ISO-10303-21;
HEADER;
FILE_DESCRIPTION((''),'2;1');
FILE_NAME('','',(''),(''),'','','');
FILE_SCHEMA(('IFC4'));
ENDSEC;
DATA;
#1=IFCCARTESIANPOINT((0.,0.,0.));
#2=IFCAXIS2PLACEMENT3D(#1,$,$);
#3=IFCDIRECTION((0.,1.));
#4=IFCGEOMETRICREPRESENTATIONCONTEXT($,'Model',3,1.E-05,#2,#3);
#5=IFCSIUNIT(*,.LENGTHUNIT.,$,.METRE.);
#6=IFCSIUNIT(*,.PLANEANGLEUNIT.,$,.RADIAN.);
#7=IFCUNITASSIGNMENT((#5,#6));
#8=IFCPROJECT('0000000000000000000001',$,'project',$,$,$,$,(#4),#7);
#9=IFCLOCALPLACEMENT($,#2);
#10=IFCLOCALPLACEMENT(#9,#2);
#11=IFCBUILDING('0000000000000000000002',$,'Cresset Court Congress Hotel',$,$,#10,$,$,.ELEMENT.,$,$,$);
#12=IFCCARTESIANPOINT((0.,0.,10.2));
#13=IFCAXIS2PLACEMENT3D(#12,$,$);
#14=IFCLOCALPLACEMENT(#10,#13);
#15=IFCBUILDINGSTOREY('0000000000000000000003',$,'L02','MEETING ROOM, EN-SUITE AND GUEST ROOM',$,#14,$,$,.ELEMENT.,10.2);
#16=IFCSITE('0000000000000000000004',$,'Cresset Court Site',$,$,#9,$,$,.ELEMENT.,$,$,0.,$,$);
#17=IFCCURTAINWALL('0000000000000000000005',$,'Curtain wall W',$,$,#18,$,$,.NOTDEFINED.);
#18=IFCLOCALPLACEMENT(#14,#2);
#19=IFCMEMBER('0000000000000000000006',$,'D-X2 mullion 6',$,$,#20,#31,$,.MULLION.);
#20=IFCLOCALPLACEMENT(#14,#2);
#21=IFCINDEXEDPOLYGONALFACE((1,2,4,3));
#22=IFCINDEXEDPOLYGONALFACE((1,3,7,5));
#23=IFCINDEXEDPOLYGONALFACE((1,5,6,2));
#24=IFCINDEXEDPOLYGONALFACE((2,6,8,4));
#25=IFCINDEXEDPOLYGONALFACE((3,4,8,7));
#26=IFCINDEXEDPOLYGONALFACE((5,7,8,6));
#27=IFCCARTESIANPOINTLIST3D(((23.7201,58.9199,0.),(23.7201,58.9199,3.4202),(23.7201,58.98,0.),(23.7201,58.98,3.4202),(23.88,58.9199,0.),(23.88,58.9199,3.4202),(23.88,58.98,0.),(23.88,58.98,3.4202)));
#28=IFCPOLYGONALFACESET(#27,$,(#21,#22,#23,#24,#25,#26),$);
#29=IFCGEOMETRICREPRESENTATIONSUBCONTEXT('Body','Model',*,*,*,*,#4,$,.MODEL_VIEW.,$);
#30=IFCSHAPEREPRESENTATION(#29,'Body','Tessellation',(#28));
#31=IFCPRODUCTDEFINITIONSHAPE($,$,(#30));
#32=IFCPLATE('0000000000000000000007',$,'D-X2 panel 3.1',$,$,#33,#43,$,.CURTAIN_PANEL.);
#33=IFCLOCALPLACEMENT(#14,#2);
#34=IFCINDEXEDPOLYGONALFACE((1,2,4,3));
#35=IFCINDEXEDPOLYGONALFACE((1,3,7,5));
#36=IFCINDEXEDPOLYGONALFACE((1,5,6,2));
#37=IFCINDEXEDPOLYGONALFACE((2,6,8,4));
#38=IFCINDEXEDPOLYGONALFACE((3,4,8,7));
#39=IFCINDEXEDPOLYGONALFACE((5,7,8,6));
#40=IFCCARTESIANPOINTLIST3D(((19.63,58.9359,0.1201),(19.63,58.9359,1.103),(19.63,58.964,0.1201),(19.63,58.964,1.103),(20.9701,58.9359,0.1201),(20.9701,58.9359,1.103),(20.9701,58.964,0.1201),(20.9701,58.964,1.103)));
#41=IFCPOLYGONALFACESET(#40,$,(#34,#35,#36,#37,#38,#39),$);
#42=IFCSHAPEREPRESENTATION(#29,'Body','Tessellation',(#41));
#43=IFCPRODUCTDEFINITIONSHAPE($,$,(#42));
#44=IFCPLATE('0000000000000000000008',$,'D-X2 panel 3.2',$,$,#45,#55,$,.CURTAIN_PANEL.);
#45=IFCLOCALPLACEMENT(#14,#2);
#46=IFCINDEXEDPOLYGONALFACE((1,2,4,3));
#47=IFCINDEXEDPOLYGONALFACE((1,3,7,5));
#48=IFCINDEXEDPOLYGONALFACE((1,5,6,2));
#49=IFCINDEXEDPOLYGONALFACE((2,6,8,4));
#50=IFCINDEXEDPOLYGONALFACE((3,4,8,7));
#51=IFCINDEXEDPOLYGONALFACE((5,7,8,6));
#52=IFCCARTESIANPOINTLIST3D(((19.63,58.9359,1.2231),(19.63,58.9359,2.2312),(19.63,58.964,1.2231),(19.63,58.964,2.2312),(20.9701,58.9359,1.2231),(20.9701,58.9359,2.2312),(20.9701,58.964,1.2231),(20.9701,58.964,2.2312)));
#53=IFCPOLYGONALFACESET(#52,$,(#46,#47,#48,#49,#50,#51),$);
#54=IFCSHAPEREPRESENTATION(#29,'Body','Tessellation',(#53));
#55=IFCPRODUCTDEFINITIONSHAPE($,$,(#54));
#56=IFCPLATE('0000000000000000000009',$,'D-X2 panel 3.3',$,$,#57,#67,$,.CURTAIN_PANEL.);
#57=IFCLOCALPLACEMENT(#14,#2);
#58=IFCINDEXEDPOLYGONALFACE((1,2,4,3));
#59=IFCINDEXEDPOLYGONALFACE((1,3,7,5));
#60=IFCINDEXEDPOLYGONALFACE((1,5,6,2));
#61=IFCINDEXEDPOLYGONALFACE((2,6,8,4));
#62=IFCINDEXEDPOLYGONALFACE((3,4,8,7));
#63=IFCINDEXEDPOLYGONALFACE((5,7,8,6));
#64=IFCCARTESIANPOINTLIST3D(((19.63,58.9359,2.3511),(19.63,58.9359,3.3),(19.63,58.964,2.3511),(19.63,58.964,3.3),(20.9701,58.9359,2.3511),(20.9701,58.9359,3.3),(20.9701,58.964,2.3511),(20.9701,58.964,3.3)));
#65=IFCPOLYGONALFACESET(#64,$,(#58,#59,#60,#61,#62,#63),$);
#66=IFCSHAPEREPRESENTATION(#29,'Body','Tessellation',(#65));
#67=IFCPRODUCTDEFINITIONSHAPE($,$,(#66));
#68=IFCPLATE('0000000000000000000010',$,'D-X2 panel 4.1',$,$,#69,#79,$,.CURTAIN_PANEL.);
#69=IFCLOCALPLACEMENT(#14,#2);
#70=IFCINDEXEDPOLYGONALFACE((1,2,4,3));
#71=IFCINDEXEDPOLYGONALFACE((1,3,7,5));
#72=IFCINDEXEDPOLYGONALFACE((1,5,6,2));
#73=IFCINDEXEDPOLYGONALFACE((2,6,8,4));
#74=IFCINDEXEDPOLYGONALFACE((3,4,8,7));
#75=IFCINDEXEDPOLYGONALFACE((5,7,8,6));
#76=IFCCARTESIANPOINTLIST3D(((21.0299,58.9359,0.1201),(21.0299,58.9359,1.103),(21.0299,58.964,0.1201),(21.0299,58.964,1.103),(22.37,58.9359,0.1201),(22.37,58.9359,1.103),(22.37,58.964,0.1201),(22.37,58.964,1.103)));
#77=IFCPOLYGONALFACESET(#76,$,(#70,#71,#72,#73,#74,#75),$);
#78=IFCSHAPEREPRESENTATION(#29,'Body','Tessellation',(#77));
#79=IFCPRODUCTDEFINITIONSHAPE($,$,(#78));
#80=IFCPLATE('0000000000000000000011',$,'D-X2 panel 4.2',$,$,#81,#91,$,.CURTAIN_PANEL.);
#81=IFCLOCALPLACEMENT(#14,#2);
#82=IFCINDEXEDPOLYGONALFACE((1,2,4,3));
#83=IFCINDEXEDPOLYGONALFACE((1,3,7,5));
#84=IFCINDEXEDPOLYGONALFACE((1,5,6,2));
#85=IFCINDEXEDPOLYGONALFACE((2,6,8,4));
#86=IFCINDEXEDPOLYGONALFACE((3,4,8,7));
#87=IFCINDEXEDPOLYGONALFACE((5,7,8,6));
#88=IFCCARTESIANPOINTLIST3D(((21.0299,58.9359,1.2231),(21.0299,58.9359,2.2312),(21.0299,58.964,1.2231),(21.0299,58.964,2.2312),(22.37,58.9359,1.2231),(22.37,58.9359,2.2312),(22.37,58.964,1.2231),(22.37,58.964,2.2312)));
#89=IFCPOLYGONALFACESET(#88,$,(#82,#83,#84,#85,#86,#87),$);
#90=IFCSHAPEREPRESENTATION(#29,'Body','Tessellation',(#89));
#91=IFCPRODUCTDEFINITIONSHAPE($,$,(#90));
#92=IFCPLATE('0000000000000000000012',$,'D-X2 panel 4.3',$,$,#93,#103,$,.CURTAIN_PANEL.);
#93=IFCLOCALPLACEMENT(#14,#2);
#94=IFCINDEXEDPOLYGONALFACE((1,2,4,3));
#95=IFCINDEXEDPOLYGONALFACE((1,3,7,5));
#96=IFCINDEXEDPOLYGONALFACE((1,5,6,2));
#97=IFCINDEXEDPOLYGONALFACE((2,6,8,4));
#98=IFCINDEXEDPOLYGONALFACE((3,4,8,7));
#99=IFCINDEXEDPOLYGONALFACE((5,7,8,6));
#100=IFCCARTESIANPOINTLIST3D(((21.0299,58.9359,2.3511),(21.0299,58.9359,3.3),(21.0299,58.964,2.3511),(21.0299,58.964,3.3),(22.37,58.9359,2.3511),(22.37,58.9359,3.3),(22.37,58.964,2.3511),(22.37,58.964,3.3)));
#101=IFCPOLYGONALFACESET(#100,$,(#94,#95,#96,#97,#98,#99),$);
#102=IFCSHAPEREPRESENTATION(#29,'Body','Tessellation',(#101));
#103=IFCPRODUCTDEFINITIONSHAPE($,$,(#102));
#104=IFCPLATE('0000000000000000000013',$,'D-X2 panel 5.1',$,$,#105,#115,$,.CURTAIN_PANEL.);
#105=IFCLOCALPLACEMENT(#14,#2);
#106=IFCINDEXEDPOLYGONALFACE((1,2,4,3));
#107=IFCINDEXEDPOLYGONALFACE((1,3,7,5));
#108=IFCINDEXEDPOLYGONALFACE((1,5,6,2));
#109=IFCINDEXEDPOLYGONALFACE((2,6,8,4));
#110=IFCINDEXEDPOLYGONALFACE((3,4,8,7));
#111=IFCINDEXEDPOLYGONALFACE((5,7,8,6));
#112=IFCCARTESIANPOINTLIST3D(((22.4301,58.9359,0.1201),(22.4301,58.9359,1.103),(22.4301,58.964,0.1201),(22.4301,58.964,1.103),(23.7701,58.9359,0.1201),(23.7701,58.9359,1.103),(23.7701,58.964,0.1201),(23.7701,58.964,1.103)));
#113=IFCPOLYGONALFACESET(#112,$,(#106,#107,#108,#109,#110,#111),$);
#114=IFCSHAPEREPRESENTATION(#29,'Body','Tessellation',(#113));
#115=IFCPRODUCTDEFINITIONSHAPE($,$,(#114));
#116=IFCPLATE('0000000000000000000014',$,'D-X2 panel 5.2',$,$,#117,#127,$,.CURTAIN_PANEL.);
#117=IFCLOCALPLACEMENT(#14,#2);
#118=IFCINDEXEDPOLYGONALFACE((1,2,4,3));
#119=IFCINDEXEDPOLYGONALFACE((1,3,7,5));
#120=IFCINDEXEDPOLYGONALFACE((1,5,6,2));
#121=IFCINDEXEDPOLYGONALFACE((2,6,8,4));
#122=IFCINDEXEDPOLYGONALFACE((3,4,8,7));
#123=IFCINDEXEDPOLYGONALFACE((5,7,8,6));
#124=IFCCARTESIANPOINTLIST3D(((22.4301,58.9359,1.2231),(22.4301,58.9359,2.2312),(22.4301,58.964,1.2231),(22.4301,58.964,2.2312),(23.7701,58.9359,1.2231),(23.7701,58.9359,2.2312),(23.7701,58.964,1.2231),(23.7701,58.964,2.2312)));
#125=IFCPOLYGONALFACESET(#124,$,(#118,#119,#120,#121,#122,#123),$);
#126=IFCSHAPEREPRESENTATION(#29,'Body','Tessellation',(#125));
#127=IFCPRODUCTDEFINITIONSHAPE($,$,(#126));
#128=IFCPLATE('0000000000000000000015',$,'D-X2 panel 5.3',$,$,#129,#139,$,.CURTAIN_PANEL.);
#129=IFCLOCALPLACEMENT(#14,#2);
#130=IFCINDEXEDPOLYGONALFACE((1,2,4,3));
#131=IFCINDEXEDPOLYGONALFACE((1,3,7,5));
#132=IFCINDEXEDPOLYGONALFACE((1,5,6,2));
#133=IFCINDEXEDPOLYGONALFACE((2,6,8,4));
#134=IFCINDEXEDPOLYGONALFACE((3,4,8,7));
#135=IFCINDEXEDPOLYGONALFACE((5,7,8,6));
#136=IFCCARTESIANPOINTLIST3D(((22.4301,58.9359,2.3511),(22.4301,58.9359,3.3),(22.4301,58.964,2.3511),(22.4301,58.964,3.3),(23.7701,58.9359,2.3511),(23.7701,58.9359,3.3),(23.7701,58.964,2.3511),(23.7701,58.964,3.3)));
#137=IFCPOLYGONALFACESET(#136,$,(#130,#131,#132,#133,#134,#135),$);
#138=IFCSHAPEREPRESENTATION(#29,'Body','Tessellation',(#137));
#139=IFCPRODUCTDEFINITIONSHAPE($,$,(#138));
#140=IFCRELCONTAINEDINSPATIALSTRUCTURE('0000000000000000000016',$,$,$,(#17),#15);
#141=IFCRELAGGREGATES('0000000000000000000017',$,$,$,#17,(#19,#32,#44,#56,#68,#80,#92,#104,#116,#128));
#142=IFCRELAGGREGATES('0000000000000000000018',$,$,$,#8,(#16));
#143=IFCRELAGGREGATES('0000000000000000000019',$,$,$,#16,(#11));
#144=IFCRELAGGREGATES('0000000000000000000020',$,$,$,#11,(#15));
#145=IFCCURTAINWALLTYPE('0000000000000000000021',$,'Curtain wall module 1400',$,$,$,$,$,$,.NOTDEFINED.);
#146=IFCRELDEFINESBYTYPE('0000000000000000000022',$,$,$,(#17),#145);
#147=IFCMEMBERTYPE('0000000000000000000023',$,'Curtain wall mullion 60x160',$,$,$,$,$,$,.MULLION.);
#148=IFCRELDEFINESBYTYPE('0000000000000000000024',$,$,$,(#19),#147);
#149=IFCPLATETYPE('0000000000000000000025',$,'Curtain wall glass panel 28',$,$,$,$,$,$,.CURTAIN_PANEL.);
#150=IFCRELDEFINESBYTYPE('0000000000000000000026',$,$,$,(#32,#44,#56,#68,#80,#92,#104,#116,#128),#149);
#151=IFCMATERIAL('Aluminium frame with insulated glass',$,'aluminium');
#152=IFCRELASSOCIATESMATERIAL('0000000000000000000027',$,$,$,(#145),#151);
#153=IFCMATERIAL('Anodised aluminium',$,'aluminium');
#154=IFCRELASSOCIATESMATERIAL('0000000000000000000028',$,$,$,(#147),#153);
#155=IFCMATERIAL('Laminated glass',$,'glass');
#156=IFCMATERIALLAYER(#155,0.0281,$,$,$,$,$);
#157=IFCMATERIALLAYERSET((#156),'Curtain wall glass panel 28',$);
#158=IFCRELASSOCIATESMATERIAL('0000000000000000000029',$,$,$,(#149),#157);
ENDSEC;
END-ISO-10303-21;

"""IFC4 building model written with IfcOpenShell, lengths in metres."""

from ifc_helpers import new_model, si_unit, direction, frame, origin, origin_2d, place, context, subcontext, project, spatial, rectangle, extrude, material, layer, layer_set, material_profile, profile_set, type_object, element, aggregate, save


model = new_model("IFC4")

# Units and contexts
model_context = context("Model", 3, precision=1e-05, world=origin(), true_north=direction((0.0, 1.0)))
body_context = subcontext(model_context, "Body", "Model", "MODEL_VIEW")
ifc_project = project(units=[si_unit("LENGTHUNIT", "METRE"), si_unit("PLANEANGLEUNIT", "RADIAN")], contexts=[model_context])

# Site, building, storey
site_placement = place(None, origin())
site = spatial("IfcSite", under=ifc_project, at=site_placement, Name="Cresset Court Site", CompositionType="ELEMENT", RefElevation=0.0)
building_placement = place(site_placement, origin())
building = spatial("IfcBuilding", under=site, at=building_placement, Name="Cresset Court Congress Hotel", CompositionType="ELEMENT")
storey_placement = place(building_placement, frame((0.0, 0.0, 10.2)))
storey = spatial("IfcBuildingStorey", under=building, at=storey_placement, Name="L02", Description="MEETING ROOM, EN-SUITE AND GUEST ROOM", CompositionType="ELEMENT", Elevation=10.2)

# Curtain wall, member, plates
ifc_material_1 = material(Name="Aluminium frame with insulated glass", Category="aluminium")
curtain_wall_type = type_object("IfcCurtainWallType", Name="Curtain wall module 1400", PredefinedType="NOTDEFINED", material=ifc_material_1)
curtain_wall_placement = place(storey_placement, origin())
curtain_wall = element("IfcCurtainWall", 1, at=curtain_wall_placement, inside=storey, type_object=curtain_wall_type, Name="Curtain wall W", PredefinedType="NOTDEFINED")
ifc_material_2 = material(Name="Anodised aluminium", Category="aluminium")
ifc_material_profile_1 = material_profile(ifc_material_2, rectangle(XDim=0.0601, YDim=0.1599, at=origin_2d()), Name="AL60x160")
ifc_profile_set_1 = profile_set([ifc_material_profile_1], Name="Anodised aluminium")
member_type_1 = type_object("IfcMemberType", Name="Curtain wall mullion 60x160", PredefinedType="MULLION", material=ifc_profile_set_1)
member_1_placement = place(storey_placement, frame((23.8, 58.95, 0.0), z_axis=(0.0, 0.0, 1.0), x_axis=(0.0, 1.0, 0.0)))
member_1 = element("IfcMember", 2, at=member_1_placement, type_object=member_type_1, Name="D-X2 mullion 6", PredefinedType="MULLION", context=body_context, shape_type="SweptSolid", body=[
    extrude(rectangle(XDim=0.0601, YDim=0.1599, at=origin_2d()), origin(), (0.0, 0.0, 1.0), 3.4202),
])
ifc_material_3 = material(Name="Laminated glass", Category="glass")
ifc_layer = layer(ifc_material_3, 0.0281)
ifc_layer_set = layer_set([ifc_layer], Name="Curtain wall glass panel 28")
plate_type = type_object("IfcPlateType", Name="Curtain wall glass panel 28", PredefinedType="CURTAIN_PANEL", material=ifc_layer_set)
plate_1_placement = place(storey_placement, frame((20.3, 58.95, 0.1201), z_axis=(0.0, 0.0, 1.0), x_axis=(1.0, 0.0, 0.0)))
plate_1 = element("IfcPlate", 3, at=plate_1_placement, type_object=plate_type, Name="D-X2 panel 3.1", PredefinedType="CURTAIN_PANEL", context=body_context, shape_type="SweptSolid", body=[
    extrude(rectangle(XDim=1.3401, YDim=0.0281, at=origin_2d()), origin(), (0.0, 0.0, 1.0), 0.9829),
])
plate_2_placement = place(storey_placement, frame((20.3, 58.95, 1.2231), z_axis=(0.0, 0.0, 1.0), x_axis=(1.0, 0.0, 0.0)))
plate_2 = element("IfcPlate", 4, at=plate_2_placement, type_object=plate_type, Name="D-X2 panel 3.2", PredefinedType="CURTAIN_PANEL", context=body_context, shape_type="SweptSolid", body=[
    extrude(rectangle(XDim=1.3401, YDim=0.0281, at=origin_2d()), origin(), (0.0, 0.0, 1.0), 1.0081),
])
plate_3_placement = place(storey_placement, frame((20.3, 58.95, 2.3511), z_axis=(0.0, 0.0, 1.0), x_axis=(1.0, 0.0, 0.0)))
plate_3 = element("IfcPlate", 5, at=plate_3_placement, type_object=plate_type, Name="D-X2 panel 3.3", PredefinedType="CURTAIN_PANEL", context=body_context, shape_type="SweptSolid", body=[
    extrude(rectangle(XDim=1.3401, YDim=0.0281, at=origin_2d()), origin(), (0.0, 0.0, 1.0), 0.949),
])
plate_4_placement = place(storey_placement, frame((21.7, 58.95, 0.1201), z_axis=(0.0, 0.0, 1.0), x_axis=(1.0, 0.0, 0.0)))
plate_4 = element("IfcPlate", 6, at=plate_4_placement, type_object=plate_type, Name="D-X2 panel 4.1", PredefinedType="CURTAIN_PANEL", context=body_context, shape_type="SweptSolid", body=[
    extrude(rectangle(XDim=1.3401, YDim=0.0281, at=origin_2d()), origin(), (0.0, 0.0, 1.0), 0.9829),
])
plate_5_placement = place(storey_placement, frame((21.7, 58.95, 1.2231), z_axis=(0.0, 0.0, 1.0), x_axis=(1.0, 0.0, 0.0)))
plate_5 = element("IfcPlate", 7, at=plate_5_placement, type_object=plate_type, Name="D-X2 panel 4.2", PredefinedType="CURTAIN_PANEL", context=body_context, shape_type="SweptSolid", body=[
    extrude(rectangle(XDim=1.3401, YDim=0.0281, at=origin_2d()), origin(), (0.0, 0.0, 1.0), 1.0081),
])
plate_6_placement = place(storey_placement, frame((21.7, 58.95, 2.3511), z_axis=(0.0, 0.0, 1.0), x_axis=(1.0, 0.0, 0.0)))
plate_6 = element("IfcPlate", 8, at=plate_6_placement, type_object=plate_type, Name="D-X2 panel 4.3", PredefinedType="CURTAIN_PANEL", context=body_context, shape_type="SweptSolid", body=[
    extrude(rectangle(XDim=1.3401, YDim=0.0281, at=origin_2d()), origin(), (0.0, 0.0, 1.0), 0.949),
])
plate_7_placement = place(storey_placement, frame((23.1001, 58.95, 0.1201), z_axis=(0.0, 0.0, 1.0), x_axis=(1.0, 0.0, 0.0)))
plate_7 = element("IfcPlate", 9, at=plate_7_placement, type_object=plate_type, Name="D-X2 panel 5.1", PredefinedType="CURTAIN_PANEL", context=body_context, shape_type="SweptSolid", body=[
    extrude(rectangle(XDim=1.3401, YDim=0.0281, at=origin_2d()), origin(), (0.0, 0.0, 1.0), 0.9829),
])
plate_8_placement = place(storey_placement, frame((23.1001, 58.95, 1.2231), z_axis=(0.0, 0.0, 1.0), x_axis=(1.0, 0.0, 0.0)))
plate_8 = element("IfcPlate", 10, at=plate_8_placement, type_object=plate_type, Name="D-X2 panel 5.2", PredefinedType="CURTAIN_PANEL", context=body_context, shape_type="SweptSolid", body=[
    extrude(rectangle(XDim=1.3401, YDim=0.0281, at=origin_2d()), origin(), (0.0, 0.0, 1.0), 1.0081),
])
plate_9_placement = place(storey_placement, frame((23.1001, 58.95, 2.3511), z_axis=(0.0, 0.0, 1.0), x_axis=(1.0, 0.0, 0.0)))
plate_9 = element("IfcPlate", 11, at=plate_9_placement, type_object=plate_type, Name="D-X2 panel 5.3", PredefinedType="CURTAIN_PANEL", context=body_context, shape_type="SweptSolid", body=[
    extrude(rectangle(XDim=1.3401, YDim=0.0281, at=origin_2d()), origin(), (0.0, 0.0, 1.0), 0.949),
])
aggregate(curtain_wall, [member_1, plate_1, plate_2, plate_3, plate_4, plate_5, plate_6, plate_7, plate_8, plate_9])

save(model, "model.ifc")
